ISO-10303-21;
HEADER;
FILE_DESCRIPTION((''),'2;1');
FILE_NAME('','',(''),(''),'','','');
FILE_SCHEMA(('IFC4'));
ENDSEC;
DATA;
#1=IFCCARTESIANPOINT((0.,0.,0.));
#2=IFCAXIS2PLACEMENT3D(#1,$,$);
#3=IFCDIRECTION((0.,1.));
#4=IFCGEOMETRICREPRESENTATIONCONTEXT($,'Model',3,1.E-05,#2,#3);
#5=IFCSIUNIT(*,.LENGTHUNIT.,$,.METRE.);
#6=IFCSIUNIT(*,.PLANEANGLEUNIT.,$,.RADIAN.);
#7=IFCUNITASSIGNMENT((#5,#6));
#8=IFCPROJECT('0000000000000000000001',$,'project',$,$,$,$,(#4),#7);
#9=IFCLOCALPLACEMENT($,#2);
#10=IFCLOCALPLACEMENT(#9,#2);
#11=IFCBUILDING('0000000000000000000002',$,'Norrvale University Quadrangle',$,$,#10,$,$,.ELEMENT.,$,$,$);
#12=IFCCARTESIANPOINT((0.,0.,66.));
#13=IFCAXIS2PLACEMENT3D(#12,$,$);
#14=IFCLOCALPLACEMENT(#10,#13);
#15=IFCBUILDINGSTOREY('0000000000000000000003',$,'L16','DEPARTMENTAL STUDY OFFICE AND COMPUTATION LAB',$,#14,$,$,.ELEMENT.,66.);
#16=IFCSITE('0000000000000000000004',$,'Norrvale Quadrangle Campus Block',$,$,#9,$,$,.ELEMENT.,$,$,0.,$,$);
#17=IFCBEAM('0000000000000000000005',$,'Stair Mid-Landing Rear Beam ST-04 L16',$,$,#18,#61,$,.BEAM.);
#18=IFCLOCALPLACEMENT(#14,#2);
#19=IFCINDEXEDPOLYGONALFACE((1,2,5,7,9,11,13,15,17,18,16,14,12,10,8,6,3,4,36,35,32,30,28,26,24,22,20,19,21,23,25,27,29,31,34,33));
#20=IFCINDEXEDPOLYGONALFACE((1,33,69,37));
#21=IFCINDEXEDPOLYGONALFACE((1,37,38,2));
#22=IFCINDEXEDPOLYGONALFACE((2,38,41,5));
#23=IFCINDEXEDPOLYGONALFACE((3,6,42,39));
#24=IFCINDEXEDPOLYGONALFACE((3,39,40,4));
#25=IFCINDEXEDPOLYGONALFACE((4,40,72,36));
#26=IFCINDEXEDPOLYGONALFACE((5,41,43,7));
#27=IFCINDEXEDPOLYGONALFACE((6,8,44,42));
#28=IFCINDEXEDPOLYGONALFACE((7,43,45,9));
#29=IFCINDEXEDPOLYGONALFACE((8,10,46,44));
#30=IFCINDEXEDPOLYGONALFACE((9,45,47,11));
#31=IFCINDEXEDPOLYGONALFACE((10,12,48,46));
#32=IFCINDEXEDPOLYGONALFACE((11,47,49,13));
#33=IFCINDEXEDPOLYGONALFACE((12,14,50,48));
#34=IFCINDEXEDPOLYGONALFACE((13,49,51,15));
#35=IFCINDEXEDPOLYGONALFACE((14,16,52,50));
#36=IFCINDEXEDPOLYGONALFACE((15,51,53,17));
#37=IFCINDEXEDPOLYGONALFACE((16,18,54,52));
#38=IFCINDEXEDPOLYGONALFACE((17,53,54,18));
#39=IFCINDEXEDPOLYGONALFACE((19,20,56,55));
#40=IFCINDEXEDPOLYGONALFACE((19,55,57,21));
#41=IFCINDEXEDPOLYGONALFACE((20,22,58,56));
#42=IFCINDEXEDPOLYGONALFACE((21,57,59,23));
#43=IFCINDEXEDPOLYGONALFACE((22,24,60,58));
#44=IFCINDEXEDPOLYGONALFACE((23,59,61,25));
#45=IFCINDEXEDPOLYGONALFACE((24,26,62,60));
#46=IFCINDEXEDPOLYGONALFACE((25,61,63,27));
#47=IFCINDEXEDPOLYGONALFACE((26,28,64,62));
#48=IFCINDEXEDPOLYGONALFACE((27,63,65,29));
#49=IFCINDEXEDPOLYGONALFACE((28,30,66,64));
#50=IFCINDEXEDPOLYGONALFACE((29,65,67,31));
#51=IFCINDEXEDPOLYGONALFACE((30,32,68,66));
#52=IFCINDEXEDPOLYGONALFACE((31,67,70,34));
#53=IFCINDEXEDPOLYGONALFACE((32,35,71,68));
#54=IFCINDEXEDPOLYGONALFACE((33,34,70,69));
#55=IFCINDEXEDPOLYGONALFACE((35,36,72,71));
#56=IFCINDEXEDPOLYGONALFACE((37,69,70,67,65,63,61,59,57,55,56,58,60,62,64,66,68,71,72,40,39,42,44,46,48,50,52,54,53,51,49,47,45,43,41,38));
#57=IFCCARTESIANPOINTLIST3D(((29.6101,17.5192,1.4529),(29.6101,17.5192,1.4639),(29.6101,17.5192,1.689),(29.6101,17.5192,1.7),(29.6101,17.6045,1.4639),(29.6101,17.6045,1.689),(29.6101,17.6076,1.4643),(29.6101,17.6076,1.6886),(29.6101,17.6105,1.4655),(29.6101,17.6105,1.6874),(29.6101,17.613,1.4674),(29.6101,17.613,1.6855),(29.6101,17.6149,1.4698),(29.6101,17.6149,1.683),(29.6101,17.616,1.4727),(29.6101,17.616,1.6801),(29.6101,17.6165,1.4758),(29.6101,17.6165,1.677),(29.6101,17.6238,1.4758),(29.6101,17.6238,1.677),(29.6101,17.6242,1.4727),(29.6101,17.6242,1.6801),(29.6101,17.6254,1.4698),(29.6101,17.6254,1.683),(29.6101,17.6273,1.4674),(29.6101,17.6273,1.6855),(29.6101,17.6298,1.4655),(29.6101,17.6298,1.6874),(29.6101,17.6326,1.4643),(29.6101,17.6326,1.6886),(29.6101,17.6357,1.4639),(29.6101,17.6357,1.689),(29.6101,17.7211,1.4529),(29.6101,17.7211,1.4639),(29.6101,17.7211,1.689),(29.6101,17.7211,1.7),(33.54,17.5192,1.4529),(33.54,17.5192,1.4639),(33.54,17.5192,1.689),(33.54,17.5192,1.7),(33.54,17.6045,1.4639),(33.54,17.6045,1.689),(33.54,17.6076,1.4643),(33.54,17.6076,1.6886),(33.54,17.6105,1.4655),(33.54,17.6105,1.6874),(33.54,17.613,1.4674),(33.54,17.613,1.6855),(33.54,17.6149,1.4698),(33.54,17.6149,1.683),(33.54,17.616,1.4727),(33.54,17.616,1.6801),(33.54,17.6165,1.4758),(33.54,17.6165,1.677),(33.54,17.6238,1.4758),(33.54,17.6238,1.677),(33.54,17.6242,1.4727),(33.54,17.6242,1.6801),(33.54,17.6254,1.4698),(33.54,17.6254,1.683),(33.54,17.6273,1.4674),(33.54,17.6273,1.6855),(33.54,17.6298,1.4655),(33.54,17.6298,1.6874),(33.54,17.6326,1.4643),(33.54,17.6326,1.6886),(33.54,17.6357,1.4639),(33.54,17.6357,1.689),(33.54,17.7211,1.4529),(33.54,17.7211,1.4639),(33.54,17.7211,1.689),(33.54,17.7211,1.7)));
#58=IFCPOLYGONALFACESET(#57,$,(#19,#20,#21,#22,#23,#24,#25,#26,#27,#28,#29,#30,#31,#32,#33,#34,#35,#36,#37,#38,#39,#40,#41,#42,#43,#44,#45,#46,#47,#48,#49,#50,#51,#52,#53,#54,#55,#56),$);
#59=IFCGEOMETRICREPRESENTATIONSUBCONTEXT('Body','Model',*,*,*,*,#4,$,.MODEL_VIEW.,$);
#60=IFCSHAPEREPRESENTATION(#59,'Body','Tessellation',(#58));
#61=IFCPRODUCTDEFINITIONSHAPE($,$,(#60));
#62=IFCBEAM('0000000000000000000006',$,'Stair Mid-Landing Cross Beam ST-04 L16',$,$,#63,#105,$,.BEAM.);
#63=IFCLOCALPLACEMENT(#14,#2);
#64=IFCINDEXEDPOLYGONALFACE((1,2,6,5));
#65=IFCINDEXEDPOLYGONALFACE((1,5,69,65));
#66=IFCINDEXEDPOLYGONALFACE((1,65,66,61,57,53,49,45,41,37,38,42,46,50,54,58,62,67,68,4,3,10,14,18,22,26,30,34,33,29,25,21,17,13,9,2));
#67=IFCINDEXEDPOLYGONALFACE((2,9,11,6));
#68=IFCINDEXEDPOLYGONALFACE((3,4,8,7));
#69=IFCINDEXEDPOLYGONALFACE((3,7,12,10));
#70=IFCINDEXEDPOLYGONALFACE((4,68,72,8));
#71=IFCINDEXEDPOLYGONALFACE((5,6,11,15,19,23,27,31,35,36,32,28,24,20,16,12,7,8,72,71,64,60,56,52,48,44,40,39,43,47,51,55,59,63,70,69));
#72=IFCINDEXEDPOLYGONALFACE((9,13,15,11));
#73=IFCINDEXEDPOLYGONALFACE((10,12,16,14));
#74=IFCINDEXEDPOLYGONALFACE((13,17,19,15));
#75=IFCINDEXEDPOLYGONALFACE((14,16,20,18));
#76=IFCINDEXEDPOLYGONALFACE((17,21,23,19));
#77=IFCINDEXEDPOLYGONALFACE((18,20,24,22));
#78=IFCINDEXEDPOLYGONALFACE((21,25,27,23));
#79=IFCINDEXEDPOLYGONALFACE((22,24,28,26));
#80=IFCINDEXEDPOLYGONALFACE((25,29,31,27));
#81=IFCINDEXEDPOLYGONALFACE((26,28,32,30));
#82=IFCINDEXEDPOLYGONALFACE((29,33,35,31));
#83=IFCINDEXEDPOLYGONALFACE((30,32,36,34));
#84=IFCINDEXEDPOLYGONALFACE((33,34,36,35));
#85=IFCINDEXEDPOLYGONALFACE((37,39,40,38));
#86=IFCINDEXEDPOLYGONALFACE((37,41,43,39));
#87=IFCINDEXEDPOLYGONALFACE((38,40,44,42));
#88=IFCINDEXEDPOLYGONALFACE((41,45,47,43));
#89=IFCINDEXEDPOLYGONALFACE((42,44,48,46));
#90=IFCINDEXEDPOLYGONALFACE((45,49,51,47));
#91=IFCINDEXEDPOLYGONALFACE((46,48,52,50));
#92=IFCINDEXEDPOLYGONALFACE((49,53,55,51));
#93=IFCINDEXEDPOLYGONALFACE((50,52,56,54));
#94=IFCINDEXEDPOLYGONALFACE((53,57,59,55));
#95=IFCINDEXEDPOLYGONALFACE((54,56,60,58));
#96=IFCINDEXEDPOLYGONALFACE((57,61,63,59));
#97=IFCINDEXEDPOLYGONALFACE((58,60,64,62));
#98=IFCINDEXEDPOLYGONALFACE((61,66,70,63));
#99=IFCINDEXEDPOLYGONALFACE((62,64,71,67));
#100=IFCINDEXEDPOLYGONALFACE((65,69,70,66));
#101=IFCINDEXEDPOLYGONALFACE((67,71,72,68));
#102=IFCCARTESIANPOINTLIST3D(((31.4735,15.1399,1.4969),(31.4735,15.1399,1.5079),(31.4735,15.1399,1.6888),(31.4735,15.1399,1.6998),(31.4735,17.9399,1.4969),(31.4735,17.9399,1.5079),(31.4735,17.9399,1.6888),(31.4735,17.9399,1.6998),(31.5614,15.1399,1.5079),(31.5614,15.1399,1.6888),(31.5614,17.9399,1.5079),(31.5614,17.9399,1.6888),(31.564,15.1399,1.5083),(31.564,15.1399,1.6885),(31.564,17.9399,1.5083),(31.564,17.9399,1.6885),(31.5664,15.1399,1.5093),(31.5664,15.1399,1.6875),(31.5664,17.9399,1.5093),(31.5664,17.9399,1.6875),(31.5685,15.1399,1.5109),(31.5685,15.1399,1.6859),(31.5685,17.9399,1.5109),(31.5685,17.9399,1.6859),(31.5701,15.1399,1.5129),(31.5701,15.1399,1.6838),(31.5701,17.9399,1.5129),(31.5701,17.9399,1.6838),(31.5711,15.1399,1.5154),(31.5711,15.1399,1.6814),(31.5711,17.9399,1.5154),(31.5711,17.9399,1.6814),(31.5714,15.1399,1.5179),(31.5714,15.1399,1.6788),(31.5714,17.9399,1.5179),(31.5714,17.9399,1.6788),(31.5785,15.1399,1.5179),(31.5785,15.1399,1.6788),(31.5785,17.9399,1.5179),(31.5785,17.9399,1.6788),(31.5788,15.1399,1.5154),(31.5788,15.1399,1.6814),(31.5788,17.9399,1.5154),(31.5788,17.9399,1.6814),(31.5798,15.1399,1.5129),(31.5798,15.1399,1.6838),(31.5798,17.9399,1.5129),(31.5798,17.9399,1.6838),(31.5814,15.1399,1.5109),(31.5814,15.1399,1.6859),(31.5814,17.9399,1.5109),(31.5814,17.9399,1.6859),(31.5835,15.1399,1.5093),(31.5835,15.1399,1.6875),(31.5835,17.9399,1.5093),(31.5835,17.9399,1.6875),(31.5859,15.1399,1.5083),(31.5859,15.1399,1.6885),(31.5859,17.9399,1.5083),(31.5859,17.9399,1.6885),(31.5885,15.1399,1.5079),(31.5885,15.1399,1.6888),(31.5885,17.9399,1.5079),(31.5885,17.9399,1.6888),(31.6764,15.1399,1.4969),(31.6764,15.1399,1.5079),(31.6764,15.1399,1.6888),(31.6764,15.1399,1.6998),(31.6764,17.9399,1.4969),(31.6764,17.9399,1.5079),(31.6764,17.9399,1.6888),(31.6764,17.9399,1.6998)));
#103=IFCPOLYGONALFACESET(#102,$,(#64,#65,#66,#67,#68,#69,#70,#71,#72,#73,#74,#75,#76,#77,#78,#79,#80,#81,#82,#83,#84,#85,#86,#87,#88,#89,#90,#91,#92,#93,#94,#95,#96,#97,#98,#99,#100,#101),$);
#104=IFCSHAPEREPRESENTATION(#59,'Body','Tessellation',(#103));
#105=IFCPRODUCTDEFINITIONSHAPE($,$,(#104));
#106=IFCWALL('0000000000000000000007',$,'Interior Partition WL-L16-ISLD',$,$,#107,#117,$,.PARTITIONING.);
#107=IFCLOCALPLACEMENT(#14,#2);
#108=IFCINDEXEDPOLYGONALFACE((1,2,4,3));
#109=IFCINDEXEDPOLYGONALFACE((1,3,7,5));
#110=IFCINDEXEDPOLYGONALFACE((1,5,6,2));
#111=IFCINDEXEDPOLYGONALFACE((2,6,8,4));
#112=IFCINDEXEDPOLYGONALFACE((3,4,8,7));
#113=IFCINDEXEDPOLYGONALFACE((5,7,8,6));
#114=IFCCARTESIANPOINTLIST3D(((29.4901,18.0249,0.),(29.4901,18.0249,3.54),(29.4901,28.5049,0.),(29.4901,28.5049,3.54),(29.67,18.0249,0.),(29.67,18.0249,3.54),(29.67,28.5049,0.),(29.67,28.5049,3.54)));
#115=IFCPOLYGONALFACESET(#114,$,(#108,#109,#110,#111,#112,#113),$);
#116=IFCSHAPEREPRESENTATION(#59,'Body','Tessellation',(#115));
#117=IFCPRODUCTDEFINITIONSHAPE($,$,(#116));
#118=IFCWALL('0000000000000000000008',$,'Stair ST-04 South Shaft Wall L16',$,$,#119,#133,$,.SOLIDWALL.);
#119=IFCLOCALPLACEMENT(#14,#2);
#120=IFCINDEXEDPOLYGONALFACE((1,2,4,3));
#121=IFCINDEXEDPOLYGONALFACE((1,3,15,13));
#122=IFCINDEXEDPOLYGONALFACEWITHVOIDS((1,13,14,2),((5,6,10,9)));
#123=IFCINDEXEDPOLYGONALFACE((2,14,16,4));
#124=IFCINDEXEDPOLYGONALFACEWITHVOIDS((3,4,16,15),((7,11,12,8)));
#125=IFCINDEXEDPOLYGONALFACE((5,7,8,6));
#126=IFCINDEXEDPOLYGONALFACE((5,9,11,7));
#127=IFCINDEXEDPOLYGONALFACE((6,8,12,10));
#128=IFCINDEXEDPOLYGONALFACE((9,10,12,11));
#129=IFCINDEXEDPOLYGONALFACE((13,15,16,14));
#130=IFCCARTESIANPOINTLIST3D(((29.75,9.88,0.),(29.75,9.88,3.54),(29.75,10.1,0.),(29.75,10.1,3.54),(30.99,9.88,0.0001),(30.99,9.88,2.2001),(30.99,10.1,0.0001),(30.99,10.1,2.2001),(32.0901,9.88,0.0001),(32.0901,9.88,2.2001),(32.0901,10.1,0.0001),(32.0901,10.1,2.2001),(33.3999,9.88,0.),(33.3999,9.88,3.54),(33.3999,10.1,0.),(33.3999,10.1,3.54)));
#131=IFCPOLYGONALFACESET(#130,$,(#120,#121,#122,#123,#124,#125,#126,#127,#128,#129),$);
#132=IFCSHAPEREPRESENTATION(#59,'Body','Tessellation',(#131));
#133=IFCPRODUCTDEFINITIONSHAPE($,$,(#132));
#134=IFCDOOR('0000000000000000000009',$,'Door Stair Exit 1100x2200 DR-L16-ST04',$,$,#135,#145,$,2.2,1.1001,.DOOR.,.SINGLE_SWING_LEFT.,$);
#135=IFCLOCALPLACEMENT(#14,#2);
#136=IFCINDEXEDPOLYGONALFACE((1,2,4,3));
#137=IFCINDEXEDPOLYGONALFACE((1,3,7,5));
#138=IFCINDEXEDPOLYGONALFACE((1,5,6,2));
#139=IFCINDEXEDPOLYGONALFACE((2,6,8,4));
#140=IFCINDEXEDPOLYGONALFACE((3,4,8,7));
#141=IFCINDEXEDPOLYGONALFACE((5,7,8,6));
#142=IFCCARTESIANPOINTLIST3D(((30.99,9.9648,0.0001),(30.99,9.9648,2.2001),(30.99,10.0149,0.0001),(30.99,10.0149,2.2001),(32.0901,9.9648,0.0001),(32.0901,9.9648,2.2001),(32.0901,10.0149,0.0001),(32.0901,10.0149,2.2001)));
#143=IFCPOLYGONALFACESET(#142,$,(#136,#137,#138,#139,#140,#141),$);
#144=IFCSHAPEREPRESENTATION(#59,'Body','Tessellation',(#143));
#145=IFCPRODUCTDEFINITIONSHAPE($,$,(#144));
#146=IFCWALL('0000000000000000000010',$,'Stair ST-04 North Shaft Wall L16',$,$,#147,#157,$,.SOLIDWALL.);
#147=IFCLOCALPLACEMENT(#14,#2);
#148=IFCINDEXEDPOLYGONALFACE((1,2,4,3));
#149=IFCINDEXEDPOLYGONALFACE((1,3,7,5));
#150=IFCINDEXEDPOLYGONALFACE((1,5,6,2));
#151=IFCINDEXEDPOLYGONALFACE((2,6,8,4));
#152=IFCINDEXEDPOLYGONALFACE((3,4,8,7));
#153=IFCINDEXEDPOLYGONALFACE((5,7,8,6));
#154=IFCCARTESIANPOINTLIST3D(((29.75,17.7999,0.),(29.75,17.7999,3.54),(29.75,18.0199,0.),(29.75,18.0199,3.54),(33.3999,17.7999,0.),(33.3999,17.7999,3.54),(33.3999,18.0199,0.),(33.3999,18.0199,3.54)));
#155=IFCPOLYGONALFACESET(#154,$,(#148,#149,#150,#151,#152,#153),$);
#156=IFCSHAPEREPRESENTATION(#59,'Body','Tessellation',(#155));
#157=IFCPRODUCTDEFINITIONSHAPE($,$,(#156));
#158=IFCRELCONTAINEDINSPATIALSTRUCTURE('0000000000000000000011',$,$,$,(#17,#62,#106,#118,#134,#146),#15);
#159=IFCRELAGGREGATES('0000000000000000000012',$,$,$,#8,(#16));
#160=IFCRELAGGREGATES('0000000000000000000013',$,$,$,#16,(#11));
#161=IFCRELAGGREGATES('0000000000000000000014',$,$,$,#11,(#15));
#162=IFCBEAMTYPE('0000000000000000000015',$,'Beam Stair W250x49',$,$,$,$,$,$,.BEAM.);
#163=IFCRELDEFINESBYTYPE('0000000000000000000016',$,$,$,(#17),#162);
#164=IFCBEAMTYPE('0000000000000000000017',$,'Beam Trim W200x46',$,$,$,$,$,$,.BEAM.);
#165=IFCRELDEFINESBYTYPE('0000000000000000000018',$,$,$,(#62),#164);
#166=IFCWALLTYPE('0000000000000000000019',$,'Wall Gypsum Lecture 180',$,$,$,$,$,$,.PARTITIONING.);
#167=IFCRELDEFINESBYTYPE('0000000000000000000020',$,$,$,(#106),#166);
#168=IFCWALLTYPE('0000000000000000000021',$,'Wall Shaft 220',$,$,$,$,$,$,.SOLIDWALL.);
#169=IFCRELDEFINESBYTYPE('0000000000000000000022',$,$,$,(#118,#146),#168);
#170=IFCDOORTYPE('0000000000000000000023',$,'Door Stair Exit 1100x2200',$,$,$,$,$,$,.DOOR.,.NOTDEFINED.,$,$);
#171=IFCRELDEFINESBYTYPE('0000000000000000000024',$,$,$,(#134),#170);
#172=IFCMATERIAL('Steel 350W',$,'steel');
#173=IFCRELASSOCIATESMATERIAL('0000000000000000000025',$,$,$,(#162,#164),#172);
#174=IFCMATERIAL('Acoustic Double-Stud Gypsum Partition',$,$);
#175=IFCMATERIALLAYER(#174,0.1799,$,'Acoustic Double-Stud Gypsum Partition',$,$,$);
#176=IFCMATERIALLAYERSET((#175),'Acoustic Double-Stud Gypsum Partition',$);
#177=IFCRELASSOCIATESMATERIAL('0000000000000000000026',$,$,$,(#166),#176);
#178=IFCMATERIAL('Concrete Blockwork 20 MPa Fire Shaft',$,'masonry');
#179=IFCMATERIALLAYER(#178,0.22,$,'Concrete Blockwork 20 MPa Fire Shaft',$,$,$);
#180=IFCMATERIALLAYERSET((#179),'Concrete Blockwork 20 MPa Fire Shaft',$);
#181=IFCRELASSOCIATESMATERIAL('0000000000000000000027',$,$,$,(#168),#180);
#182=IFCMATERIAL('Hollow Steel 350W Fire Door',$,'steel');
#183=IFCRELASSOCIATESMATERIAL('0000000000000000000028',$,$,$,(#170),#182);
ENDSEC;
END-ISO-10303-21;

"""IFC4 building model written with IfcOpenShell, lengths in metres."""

from ifc_helpers import new_model, si_unit, direction, frame, frame_2d, origin, origin_2d, place, context, subcontext, project, spatial, rectangle, i_section, extrude, material, layer, layer_set, material_profile, profile_set, type_object, element, fill, save


model = new_model("IFC4")

# Units and contexts
model_context = context("Model", 3, precision=1e-05, world=origin(), true_north=direction((0.0, 1.0)))
body_context = subcontext(model_context, "Body", "Model", "MODEL_VIEW")
ifc_project = project(units=[si_unit("LENGTHUNIT", "METRE"), si_unit("PLANEANGLEUNIT", "RADIAN")], contexts=[model_context])

# Site, building, storey
site_placement = place(None, origin())
site = spatial("IfcSite", under=ifc_project, at=site_placement, Name="Norrvale Quadrangle Campus Block", CompositionType="ELEMENT", RefElevation=0.0)
building_placement = place(site_placement, origin())
building = spatial("IfcBuilding", under=site, at=building_placement, Name="Norrvale University Quadrangle", CompositionType="ELEMENT")
storey_placement = place(building_placement, frame((0.0, 0.0, 66.0)))
storey = spatial("IfcBuildingStorey", under=building, at=storey_placement, Name="L16", Description="DEPARTMENTAL STUDY OFFICE AND COMPUTATION LAB", CompositionType="ELEMENT", Elevation=66.0)

# Beams
ifc_material_1 = material(Name="Steel 350W", Category="steel")
ifc_material_profile_1 = material_profile(ifc_material_1, i_section(OverallWidth=0.2019, OverallDepth=0.2471, WebThickness=0.0073, FlangeThickness=0.011, FilletRadius=0.012, at=origin_2d()), Name="Steel 350W")
ifc_profile_set_1 = profile_set([ifc_material_profile_1], Name="Steel 350W")
beam_type_1 = type_object("IfcBeamType", Name="Beam Stair W250x49", PredefinedType="BEAM", material=ifc_profile_set_1)
for number, where, z_axis, x_axis, name in (
    (1, (29.6101, 17.6201, 1.5764), (1.0, 0.0, 0.0), (0.0, 1.0, 0.0), "Stair Mid-Landing Rear Beam ST-04 L16"),
):
    element("IfcBeam", number, at=place(storey_placement, frame(where, z_axis=z_axis, x_axis=x_axis)), inside=storey, type_object=beam_type_1, Name=name, PredefinedType="BEAM", context=body_context, shape_type="SweptSolid", body=[
        extrude(i_section(OverallWidth=0.2019, OverallDepth=0.2471, WebThickness=0.0073, FlangeThickness=0.011, FilletRadius=0.012, at=origin_2d()), origin(), (0.0, 0.0, 1.0), 3.9299),
    ])
ifc_material_profile_2 = material_profile(ifc_material_1, i_section(OverallWidth=0.2029, OverallDepth=0.2029, WebThickness=0.0071, FlangeThickness=0.011, FilletRadius=0.01, at=origin_2d()), Name="Steel 350W")
ifc_profile_set_2 = profile_set([ifc_material_profile_2], Name="Steel 350W")
beam_type_2 = type_object("IfcBeamType", Name="Beam Trim W200x46", PredefinedType="BEAM", material=ifc_profile_set_2)
beam_1_placement = place(storey_placement, frame((31.575, 15.1399, 1.5984), z_axis=(0.0, 1.0, 0.0), x_axis=(-1.0, 0.0, 0.0)))
element("IfcBeam", 2, at=beam_1_placement, inside=storey, type_object=beam_type_2, Name="Stair Mid-Landing Cross Beam ST-04 L16", PredefinedType="BEAM", context=body_context, shape_type="SweptSolid", body=[
    extrude(i_section(OverallWidth=0.2029, OverallDepth=0.2029, WebThickness=0.0071, FlangeThickness=0.011, FilletRadius=0.01, at=origin_2d()), origin(), (0.0, 0.0, 1.0), 2.8),
])

# Wall
ifc_material_2 = material(Name="Acoustic Double-Stud Gypsum Partition")
ifc_layer_1 = layer(ifc_material_2, 0.1799, Name="Acoustic Double-Stud Gypsum Partition")
ifc_layer_set_1 = layer_set([ifc_layer_1], Name="Acoustic Double-Stud Gypsum Partition")
wall_type_1 = type_object("IfcWallType", Name="Wall Gypsum Lecture 180", PredefinedType="PARTITIONING", material=ifc_layer_set_1)
wall_1_placement = place(storey_placement, frame((29.5801, 18.0249, 0.0), z_axis=(0.0, 0.0, 1.0), x_axis=(0.0, 1.0, 0.0)))
element("IfcWall", 3, at=wall_1_placement, inside=storey, type_object=wall_type_1, Name="Interior Partition WL-L16-ISLD", PredefinedType="PARTITIONING", context=body_context, shape_type="SweptSolid", body=[
    extrude(rectangle(XDim=10.48, YDim=0.1799, at=frame_2d((5.24, 0.0))), origin(), (0.0, 0.0, 1.0), 3.54),
])

# Wall, opening, door
ifc_material_3 = material(Name="Concrete Blockwork 20 MPa Fire Shaft", Category="masonry")
ifc_layer_2 = layer(ifc_material_3, 0.22, Name="Concrete Blockwork 20 MPa Fire Shaft")
ifc_layer_set_2 = layer_set([ifc_layer_2], Name="Concrete Blockwork 20 MPa Fire Shaft")
wall_type_2 = type_object("IfcWallType", Name="Wall Shaft 220", PredefinedType="SOLIDWALL", material=ifc_layer_set_2)
wall_2_placement = place(storey_placement, frame((29.75, 9.99, 0.0), z_axis=(0.0, 0.0, 1.0), x_axis=(1.0, 0.0, 0.0)))
wall_2 = element("IfcWall", 4, at=wall_2_placement, inside=storey, type_object=wall_type_2, Name="Stair ST-04 South Shaft Wall L16", PredefinedType="SOLIDWALL", context=body_context, shape_type="SweptSolid", body=[
    extrude(rectangle(XDim=3.6499, YDim=0.22, at=frame_2d((1.825, 0.0))), origin(), (0.0, 0.0, 1.0), 3.54),
])
opening_placement = place(wall_2_placement, frame((1.24, 0.0, 0.0)))
opening = element("IfcOpeningElement", 5, at=opening_placement, cuts=wall_2, PredefinedType="OPENING", context=body_context, shape_type="SweptSolid", body=[
    extrude(rectangle(XDim=1.1001, YDim=2.2, at=frame_2d((0.55, 1.1001))), frame((0.0, 0.1221, 0.0), z_axis=(0.0, -1.0, 0.0), x_axis=(1.0, 0.0, 0.0)), (0.0, 0.0, 1.0), 0.2439),
])
ifc_material_4 = material(Name="Hollow Steel 350W Fire Door", Category="steel")
door_type = type_object("IfcDoorType", Name="Door Stair Exit 1100x2200", OperationType="NOTDEFINED", PredefinedType="DOOR", material=ifc_material_4)
door_placement = place(opening_placement, origin())
door = element("IfcDoor", 6, at=door_placement, inside=storey, type_object=door_type, Name="Door Stair Exit 1100x2200 DR-L16-ST04", OperationType="SINGLE_SWING_LEFT", OverallHeight=2.2, OverallWidth=1.1001, PredefinedType="DOOR", context=body_context, shape_type="SweptSolid", body=[
    extrude(rectangle(XDim=1.1001, YDim=2.2, at=frame_2d((0.55, 1.1001))), frame((0.0, 0.0249, 0.0), z_axis=(0.0, -1.0, 0.0), x_axis=(1.0, 0.0, 0.0)), (0.0, 0.0, 1.0), 0.05),
])
fill(opening, door)

# Wall
wall_3_placement = place(storey_placement, frame((29.75, 17.9099, 0.0), z_axis=(0.0, 0.0, 1.0), x_axis=(1.0, 0.0, 0.0)))
element("IfcWall", 7, at=wall_3_placement, inside=storey, type_object=wall_type_2, Name="Stair ST-04 North Shaft Wall L16", PredefinedType="SOLIDWALL", context=body_context, shape_type="SweptSolid", body=[
    extrude(rectangle(XDim=3.6499, YDim=0.22, at=frame_2d((1.825, 0.0))), origin(), (0.0, 0.0, 1.0), 3.54),
])

save(model, "model.ifc")
